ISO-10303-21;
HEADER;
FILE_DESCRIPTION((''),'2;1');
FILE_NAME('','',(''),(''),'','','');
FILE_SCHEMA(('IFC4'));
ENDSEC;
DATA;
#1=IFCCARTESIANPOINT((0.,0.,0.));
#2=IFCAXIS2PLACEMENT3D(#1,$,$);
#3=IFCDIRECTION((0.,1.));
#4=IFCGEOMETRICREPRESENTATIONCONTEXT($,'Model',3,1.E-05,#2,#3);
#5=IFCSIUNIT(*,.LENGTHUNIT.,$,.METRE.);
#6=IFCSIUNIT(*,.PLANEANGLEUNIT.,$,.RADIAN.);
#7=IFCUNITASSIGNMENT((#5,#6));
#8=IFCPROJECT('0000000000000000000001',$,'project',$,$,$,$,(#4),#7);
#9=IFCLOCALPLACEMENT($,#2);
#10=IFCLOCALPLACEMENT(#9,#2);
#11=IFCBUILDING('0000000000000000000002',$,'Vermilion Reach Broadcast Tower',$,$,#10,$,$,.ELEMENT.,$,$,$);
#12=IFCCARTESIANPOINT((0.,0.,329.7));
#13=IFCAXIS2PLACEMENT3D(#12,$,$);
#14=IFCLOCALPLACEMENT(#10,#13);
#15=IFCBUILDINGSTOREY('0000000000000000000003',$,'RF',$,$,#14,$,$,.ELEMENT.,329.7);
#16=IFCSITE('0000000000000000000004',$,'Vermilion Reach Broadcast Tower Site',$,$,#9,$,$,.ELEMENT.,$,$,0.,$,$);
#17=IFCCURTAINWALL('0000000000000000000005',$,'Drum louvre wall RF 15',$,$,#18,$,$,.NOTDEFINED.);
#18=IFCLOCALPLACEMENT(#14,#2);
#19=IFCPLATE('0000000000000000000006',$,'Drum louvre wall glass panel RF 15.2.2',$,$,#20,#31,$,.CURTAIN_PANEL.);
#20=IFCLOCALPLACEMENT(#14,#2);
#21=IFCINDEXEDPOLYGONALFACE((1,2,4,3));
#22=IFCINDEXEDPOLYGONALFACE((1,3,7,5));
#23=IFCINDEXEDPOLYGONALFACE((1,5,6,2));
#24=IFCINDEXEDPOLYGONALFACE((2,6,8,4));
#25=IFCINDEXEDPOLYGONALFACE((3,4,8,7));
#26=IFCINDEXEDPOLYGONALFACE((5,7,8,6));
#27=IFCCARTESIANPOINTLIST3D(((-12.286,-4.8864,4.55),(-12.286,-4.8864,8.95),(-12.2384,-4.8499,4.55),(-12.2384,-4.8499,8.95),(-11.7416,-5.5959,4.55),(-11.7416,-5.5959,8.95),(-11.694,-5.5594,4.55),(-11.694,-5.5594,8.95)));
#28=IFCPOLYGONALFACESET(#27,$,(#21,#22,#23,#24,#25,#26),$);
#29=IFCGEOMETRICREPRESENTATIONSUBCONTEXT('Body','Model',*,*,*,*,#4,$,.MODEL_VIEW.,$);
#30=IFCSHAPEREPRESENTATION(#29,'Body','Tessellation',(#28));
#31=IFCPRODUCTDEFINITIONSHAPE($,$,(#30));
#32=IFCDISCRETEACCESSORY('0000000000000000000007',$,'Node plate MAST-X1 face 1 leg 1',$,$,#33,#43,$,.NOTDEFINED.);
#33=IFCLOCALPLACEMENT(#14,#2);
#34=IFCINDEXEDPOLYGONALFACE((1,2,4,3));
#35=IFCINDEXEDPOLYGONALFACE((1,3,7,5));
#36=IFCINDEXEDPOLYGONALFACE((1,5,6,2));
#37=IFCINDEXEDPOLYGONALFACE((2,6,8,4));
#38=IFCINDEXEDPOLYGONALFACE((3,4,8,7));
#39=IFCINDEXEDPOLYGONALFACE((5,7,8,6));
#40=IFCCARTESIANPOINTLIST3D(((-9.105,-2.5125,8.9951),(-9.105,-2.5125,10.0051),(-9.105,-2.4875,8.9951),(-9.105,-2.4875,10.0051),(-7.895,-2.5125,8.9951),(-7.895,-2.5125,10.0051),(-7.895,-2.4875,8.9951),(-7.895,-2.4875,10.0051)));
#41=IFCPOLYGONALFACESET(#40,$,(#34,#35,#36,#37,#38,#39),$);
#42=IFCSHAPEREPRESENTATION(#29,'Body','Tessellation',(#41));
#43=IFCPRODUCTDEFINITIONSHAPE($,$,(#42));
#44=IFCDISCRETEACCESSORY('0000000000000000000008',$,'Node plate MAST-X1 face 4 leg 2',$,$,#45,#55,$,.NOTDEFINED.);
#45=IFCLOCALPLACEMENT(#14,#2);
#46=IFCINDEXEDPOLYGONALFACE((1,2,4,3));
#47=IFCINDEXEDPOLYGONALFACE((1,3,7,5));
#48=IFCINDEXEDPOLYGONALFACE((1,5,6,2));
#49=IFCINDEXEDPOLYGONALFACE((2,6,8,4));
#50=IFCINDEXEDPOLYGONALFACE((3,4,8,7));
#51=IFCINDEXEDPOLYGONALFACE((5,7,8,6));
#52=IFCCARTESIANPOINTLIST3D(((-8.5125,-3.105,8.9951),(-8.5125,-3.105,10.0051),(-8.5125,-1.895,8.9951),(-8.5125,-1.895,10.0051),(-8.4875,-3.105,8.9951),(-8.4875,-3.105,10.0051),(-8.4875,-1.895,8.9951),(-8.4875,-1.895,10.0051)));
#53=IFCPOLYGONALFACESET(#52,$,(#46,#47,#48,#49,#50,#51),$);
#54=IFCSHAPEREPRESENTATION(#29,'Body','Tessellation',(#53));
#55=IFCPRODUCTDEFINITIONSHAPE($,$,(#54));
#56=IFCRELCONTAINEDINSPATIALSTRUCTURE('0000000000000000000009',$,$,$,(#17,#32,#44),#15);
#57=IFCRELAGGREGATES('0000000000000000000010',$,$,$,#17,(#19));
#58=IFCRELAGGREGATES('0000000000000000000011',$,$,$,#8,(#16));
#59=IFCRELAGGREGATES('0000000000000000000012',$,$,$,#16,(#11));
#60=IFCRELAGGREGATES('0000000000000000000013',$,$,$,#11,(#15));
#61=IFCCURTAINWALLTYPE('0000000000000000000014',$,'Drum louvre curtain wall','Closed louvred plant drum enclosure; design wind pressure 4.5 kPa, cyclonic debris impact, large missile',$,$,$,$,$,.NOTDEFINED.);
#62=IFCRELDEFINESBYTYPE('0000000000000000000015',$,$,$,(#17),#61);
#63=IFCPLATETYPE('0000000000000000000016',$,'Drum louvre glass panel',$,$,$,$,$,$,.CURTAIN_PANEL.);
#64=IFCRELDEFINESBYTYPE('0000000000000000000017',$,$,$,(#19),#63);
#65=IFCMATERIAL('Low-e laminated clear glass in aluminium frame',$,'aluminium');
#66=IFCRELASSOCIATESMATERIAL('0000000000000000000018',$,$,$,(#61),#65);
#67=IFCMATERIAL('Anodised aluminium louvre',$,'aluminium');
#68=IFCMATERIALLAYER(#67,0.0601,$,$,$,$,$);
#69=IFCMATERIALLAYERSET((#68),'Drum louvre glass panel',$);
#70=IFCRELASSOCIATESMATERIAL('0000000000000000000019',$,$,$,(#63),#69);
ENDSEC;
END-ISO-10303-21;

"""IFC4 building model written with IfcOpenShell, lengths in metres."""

from ifc_helpers import new_model, si_unit, direction, frame, origin, origin_2d, place, context, subcontext, project, spatial, rectangle, extrude, material, layer, layer_set, type_object, element, aggregate, save


model = new_model("IFC4")

# Units and contexts
model_context = context("Model", 3, precision=1e-05, world=origin(), true_north=direction((0.0, 1.0)))
body_context = subcontext(model_context, "Body", "Model", "MODEL_VIEW")
ifc_project = project(units=[si_unit("LENGTHUNIT", "METRE"), si_unit("PLANEANGLEUNIT", "RADIAN")], contexts=[model_context])

# Site, building, storey
site_placement = place(None, origin())
site = spatial("IfcSite", under=ifc_project, at=site_placement, Name="Vermilion Reach Broadcast Tower Site", CompositionType="ELEMENT", RefElevation=0.0)
building_placement = place(site_placement, origin())
building = spatial("IfcBuilding", under=site, at=building_placement, Name="Vermilion Reach Broadcast Tower", CompositionType="ELEMENT")
storey_placement = place(building_placement, frame((0.0, 0.0, 329.7)))
storey = spatial("IfcBuildingStorey", under=building, at=storey_placement, Name="RF", CompositionType="ELEMENT", Elevation=329.7)

# Shared definitions
ifc_material_1 = material(Name="Low-e laminated clear glass in aluminium frame", Category="aluminium")
curtain_wall_type = type_object("IfcCurtainWallType", Name="Drum louvre curtain wall", Description="Closed louvred plant drum enclosure; design wind pressure 4.5 kPa, cyclonic debris impact, large missile", PredefinedType="NOTDEFINED", material=ifc_material_1)
placement = place(storey_placement, origin())

# Curtain wall
curtain_wall_1 = element("IfcCurtainWall", 1, at=placement, inside=storey, type_object=curtain_wall_type, Name="Drum louvre wall RF 15", PredefinedType="NOTDEFINED")

# Plate
ifc_material_2 = material(Name="Anodised aluminium louvre", Category="aluminium")
ifc_layer = layer(ifc_material_2, 0.0601)
ifc_layer_set = layer_set([ifc_layer], Name="Drum louvre glass panel")
plate_type = type_object("IfcPlateType", Name="Drum louvre glass panel", PredefinedType="CURTAIN_PANEL", material=ifc_layer_set)
plate_1_placement = place(storey_placement, frame((-11.99, -5.2229, 4.55), z_axis=(0.0, 0.0, 1.0), x_axis=(0.608761, -0.793353, 0.0)))
plate_1 = element("IfcPlate", 2, at=plate_1_placement, type_object=plate_type, Name="Drum louvre wall glass panel RF 15.2.2", PredefinedType="CURTAIN_PANEL", context=body_context, shape_type="SweptSolid", body=[
    extrude(rectangle(XDim=0.8943, YDim=0.0601, at=origin_2d()), origin(), (0.0, 0.0, 1.0), 4.3999),
])
aggregate(curtain_wall_1, [plate_1])

# Discrete accessories
for number, where, z_axis, x_axis, name in (
    (3, (-8.5, -2.5, 8.9951), (0.0, 0.0, 1.0), (0.0, 1.0, 0.0), "Node plate MAST-X1 face 1 leg 1"),
    (4, (-8.5, -2.5, 8.9951), (0.0, 0.0, 1.0), (1.0, 0.0, 0.0), "Node plate MAST-X1 face 4 leg 2"),
):
    element("IfcDiscreteAccessory", number, at=place(storey_placement, frame(where, z_axis=z_axis, x_axis=x_axis)), inside=storey, Name=name, PredefinedType="NOTDEFINED", context=body_context, shape_type="SweptSolid", body=[
        extrude(rectangle(XDim=0.0249, YDim=1.21, at=origin_2d()), origin(), (0.0, 0.0, 1.0), 1.01),
    ])

save(model, "model.ifc")
